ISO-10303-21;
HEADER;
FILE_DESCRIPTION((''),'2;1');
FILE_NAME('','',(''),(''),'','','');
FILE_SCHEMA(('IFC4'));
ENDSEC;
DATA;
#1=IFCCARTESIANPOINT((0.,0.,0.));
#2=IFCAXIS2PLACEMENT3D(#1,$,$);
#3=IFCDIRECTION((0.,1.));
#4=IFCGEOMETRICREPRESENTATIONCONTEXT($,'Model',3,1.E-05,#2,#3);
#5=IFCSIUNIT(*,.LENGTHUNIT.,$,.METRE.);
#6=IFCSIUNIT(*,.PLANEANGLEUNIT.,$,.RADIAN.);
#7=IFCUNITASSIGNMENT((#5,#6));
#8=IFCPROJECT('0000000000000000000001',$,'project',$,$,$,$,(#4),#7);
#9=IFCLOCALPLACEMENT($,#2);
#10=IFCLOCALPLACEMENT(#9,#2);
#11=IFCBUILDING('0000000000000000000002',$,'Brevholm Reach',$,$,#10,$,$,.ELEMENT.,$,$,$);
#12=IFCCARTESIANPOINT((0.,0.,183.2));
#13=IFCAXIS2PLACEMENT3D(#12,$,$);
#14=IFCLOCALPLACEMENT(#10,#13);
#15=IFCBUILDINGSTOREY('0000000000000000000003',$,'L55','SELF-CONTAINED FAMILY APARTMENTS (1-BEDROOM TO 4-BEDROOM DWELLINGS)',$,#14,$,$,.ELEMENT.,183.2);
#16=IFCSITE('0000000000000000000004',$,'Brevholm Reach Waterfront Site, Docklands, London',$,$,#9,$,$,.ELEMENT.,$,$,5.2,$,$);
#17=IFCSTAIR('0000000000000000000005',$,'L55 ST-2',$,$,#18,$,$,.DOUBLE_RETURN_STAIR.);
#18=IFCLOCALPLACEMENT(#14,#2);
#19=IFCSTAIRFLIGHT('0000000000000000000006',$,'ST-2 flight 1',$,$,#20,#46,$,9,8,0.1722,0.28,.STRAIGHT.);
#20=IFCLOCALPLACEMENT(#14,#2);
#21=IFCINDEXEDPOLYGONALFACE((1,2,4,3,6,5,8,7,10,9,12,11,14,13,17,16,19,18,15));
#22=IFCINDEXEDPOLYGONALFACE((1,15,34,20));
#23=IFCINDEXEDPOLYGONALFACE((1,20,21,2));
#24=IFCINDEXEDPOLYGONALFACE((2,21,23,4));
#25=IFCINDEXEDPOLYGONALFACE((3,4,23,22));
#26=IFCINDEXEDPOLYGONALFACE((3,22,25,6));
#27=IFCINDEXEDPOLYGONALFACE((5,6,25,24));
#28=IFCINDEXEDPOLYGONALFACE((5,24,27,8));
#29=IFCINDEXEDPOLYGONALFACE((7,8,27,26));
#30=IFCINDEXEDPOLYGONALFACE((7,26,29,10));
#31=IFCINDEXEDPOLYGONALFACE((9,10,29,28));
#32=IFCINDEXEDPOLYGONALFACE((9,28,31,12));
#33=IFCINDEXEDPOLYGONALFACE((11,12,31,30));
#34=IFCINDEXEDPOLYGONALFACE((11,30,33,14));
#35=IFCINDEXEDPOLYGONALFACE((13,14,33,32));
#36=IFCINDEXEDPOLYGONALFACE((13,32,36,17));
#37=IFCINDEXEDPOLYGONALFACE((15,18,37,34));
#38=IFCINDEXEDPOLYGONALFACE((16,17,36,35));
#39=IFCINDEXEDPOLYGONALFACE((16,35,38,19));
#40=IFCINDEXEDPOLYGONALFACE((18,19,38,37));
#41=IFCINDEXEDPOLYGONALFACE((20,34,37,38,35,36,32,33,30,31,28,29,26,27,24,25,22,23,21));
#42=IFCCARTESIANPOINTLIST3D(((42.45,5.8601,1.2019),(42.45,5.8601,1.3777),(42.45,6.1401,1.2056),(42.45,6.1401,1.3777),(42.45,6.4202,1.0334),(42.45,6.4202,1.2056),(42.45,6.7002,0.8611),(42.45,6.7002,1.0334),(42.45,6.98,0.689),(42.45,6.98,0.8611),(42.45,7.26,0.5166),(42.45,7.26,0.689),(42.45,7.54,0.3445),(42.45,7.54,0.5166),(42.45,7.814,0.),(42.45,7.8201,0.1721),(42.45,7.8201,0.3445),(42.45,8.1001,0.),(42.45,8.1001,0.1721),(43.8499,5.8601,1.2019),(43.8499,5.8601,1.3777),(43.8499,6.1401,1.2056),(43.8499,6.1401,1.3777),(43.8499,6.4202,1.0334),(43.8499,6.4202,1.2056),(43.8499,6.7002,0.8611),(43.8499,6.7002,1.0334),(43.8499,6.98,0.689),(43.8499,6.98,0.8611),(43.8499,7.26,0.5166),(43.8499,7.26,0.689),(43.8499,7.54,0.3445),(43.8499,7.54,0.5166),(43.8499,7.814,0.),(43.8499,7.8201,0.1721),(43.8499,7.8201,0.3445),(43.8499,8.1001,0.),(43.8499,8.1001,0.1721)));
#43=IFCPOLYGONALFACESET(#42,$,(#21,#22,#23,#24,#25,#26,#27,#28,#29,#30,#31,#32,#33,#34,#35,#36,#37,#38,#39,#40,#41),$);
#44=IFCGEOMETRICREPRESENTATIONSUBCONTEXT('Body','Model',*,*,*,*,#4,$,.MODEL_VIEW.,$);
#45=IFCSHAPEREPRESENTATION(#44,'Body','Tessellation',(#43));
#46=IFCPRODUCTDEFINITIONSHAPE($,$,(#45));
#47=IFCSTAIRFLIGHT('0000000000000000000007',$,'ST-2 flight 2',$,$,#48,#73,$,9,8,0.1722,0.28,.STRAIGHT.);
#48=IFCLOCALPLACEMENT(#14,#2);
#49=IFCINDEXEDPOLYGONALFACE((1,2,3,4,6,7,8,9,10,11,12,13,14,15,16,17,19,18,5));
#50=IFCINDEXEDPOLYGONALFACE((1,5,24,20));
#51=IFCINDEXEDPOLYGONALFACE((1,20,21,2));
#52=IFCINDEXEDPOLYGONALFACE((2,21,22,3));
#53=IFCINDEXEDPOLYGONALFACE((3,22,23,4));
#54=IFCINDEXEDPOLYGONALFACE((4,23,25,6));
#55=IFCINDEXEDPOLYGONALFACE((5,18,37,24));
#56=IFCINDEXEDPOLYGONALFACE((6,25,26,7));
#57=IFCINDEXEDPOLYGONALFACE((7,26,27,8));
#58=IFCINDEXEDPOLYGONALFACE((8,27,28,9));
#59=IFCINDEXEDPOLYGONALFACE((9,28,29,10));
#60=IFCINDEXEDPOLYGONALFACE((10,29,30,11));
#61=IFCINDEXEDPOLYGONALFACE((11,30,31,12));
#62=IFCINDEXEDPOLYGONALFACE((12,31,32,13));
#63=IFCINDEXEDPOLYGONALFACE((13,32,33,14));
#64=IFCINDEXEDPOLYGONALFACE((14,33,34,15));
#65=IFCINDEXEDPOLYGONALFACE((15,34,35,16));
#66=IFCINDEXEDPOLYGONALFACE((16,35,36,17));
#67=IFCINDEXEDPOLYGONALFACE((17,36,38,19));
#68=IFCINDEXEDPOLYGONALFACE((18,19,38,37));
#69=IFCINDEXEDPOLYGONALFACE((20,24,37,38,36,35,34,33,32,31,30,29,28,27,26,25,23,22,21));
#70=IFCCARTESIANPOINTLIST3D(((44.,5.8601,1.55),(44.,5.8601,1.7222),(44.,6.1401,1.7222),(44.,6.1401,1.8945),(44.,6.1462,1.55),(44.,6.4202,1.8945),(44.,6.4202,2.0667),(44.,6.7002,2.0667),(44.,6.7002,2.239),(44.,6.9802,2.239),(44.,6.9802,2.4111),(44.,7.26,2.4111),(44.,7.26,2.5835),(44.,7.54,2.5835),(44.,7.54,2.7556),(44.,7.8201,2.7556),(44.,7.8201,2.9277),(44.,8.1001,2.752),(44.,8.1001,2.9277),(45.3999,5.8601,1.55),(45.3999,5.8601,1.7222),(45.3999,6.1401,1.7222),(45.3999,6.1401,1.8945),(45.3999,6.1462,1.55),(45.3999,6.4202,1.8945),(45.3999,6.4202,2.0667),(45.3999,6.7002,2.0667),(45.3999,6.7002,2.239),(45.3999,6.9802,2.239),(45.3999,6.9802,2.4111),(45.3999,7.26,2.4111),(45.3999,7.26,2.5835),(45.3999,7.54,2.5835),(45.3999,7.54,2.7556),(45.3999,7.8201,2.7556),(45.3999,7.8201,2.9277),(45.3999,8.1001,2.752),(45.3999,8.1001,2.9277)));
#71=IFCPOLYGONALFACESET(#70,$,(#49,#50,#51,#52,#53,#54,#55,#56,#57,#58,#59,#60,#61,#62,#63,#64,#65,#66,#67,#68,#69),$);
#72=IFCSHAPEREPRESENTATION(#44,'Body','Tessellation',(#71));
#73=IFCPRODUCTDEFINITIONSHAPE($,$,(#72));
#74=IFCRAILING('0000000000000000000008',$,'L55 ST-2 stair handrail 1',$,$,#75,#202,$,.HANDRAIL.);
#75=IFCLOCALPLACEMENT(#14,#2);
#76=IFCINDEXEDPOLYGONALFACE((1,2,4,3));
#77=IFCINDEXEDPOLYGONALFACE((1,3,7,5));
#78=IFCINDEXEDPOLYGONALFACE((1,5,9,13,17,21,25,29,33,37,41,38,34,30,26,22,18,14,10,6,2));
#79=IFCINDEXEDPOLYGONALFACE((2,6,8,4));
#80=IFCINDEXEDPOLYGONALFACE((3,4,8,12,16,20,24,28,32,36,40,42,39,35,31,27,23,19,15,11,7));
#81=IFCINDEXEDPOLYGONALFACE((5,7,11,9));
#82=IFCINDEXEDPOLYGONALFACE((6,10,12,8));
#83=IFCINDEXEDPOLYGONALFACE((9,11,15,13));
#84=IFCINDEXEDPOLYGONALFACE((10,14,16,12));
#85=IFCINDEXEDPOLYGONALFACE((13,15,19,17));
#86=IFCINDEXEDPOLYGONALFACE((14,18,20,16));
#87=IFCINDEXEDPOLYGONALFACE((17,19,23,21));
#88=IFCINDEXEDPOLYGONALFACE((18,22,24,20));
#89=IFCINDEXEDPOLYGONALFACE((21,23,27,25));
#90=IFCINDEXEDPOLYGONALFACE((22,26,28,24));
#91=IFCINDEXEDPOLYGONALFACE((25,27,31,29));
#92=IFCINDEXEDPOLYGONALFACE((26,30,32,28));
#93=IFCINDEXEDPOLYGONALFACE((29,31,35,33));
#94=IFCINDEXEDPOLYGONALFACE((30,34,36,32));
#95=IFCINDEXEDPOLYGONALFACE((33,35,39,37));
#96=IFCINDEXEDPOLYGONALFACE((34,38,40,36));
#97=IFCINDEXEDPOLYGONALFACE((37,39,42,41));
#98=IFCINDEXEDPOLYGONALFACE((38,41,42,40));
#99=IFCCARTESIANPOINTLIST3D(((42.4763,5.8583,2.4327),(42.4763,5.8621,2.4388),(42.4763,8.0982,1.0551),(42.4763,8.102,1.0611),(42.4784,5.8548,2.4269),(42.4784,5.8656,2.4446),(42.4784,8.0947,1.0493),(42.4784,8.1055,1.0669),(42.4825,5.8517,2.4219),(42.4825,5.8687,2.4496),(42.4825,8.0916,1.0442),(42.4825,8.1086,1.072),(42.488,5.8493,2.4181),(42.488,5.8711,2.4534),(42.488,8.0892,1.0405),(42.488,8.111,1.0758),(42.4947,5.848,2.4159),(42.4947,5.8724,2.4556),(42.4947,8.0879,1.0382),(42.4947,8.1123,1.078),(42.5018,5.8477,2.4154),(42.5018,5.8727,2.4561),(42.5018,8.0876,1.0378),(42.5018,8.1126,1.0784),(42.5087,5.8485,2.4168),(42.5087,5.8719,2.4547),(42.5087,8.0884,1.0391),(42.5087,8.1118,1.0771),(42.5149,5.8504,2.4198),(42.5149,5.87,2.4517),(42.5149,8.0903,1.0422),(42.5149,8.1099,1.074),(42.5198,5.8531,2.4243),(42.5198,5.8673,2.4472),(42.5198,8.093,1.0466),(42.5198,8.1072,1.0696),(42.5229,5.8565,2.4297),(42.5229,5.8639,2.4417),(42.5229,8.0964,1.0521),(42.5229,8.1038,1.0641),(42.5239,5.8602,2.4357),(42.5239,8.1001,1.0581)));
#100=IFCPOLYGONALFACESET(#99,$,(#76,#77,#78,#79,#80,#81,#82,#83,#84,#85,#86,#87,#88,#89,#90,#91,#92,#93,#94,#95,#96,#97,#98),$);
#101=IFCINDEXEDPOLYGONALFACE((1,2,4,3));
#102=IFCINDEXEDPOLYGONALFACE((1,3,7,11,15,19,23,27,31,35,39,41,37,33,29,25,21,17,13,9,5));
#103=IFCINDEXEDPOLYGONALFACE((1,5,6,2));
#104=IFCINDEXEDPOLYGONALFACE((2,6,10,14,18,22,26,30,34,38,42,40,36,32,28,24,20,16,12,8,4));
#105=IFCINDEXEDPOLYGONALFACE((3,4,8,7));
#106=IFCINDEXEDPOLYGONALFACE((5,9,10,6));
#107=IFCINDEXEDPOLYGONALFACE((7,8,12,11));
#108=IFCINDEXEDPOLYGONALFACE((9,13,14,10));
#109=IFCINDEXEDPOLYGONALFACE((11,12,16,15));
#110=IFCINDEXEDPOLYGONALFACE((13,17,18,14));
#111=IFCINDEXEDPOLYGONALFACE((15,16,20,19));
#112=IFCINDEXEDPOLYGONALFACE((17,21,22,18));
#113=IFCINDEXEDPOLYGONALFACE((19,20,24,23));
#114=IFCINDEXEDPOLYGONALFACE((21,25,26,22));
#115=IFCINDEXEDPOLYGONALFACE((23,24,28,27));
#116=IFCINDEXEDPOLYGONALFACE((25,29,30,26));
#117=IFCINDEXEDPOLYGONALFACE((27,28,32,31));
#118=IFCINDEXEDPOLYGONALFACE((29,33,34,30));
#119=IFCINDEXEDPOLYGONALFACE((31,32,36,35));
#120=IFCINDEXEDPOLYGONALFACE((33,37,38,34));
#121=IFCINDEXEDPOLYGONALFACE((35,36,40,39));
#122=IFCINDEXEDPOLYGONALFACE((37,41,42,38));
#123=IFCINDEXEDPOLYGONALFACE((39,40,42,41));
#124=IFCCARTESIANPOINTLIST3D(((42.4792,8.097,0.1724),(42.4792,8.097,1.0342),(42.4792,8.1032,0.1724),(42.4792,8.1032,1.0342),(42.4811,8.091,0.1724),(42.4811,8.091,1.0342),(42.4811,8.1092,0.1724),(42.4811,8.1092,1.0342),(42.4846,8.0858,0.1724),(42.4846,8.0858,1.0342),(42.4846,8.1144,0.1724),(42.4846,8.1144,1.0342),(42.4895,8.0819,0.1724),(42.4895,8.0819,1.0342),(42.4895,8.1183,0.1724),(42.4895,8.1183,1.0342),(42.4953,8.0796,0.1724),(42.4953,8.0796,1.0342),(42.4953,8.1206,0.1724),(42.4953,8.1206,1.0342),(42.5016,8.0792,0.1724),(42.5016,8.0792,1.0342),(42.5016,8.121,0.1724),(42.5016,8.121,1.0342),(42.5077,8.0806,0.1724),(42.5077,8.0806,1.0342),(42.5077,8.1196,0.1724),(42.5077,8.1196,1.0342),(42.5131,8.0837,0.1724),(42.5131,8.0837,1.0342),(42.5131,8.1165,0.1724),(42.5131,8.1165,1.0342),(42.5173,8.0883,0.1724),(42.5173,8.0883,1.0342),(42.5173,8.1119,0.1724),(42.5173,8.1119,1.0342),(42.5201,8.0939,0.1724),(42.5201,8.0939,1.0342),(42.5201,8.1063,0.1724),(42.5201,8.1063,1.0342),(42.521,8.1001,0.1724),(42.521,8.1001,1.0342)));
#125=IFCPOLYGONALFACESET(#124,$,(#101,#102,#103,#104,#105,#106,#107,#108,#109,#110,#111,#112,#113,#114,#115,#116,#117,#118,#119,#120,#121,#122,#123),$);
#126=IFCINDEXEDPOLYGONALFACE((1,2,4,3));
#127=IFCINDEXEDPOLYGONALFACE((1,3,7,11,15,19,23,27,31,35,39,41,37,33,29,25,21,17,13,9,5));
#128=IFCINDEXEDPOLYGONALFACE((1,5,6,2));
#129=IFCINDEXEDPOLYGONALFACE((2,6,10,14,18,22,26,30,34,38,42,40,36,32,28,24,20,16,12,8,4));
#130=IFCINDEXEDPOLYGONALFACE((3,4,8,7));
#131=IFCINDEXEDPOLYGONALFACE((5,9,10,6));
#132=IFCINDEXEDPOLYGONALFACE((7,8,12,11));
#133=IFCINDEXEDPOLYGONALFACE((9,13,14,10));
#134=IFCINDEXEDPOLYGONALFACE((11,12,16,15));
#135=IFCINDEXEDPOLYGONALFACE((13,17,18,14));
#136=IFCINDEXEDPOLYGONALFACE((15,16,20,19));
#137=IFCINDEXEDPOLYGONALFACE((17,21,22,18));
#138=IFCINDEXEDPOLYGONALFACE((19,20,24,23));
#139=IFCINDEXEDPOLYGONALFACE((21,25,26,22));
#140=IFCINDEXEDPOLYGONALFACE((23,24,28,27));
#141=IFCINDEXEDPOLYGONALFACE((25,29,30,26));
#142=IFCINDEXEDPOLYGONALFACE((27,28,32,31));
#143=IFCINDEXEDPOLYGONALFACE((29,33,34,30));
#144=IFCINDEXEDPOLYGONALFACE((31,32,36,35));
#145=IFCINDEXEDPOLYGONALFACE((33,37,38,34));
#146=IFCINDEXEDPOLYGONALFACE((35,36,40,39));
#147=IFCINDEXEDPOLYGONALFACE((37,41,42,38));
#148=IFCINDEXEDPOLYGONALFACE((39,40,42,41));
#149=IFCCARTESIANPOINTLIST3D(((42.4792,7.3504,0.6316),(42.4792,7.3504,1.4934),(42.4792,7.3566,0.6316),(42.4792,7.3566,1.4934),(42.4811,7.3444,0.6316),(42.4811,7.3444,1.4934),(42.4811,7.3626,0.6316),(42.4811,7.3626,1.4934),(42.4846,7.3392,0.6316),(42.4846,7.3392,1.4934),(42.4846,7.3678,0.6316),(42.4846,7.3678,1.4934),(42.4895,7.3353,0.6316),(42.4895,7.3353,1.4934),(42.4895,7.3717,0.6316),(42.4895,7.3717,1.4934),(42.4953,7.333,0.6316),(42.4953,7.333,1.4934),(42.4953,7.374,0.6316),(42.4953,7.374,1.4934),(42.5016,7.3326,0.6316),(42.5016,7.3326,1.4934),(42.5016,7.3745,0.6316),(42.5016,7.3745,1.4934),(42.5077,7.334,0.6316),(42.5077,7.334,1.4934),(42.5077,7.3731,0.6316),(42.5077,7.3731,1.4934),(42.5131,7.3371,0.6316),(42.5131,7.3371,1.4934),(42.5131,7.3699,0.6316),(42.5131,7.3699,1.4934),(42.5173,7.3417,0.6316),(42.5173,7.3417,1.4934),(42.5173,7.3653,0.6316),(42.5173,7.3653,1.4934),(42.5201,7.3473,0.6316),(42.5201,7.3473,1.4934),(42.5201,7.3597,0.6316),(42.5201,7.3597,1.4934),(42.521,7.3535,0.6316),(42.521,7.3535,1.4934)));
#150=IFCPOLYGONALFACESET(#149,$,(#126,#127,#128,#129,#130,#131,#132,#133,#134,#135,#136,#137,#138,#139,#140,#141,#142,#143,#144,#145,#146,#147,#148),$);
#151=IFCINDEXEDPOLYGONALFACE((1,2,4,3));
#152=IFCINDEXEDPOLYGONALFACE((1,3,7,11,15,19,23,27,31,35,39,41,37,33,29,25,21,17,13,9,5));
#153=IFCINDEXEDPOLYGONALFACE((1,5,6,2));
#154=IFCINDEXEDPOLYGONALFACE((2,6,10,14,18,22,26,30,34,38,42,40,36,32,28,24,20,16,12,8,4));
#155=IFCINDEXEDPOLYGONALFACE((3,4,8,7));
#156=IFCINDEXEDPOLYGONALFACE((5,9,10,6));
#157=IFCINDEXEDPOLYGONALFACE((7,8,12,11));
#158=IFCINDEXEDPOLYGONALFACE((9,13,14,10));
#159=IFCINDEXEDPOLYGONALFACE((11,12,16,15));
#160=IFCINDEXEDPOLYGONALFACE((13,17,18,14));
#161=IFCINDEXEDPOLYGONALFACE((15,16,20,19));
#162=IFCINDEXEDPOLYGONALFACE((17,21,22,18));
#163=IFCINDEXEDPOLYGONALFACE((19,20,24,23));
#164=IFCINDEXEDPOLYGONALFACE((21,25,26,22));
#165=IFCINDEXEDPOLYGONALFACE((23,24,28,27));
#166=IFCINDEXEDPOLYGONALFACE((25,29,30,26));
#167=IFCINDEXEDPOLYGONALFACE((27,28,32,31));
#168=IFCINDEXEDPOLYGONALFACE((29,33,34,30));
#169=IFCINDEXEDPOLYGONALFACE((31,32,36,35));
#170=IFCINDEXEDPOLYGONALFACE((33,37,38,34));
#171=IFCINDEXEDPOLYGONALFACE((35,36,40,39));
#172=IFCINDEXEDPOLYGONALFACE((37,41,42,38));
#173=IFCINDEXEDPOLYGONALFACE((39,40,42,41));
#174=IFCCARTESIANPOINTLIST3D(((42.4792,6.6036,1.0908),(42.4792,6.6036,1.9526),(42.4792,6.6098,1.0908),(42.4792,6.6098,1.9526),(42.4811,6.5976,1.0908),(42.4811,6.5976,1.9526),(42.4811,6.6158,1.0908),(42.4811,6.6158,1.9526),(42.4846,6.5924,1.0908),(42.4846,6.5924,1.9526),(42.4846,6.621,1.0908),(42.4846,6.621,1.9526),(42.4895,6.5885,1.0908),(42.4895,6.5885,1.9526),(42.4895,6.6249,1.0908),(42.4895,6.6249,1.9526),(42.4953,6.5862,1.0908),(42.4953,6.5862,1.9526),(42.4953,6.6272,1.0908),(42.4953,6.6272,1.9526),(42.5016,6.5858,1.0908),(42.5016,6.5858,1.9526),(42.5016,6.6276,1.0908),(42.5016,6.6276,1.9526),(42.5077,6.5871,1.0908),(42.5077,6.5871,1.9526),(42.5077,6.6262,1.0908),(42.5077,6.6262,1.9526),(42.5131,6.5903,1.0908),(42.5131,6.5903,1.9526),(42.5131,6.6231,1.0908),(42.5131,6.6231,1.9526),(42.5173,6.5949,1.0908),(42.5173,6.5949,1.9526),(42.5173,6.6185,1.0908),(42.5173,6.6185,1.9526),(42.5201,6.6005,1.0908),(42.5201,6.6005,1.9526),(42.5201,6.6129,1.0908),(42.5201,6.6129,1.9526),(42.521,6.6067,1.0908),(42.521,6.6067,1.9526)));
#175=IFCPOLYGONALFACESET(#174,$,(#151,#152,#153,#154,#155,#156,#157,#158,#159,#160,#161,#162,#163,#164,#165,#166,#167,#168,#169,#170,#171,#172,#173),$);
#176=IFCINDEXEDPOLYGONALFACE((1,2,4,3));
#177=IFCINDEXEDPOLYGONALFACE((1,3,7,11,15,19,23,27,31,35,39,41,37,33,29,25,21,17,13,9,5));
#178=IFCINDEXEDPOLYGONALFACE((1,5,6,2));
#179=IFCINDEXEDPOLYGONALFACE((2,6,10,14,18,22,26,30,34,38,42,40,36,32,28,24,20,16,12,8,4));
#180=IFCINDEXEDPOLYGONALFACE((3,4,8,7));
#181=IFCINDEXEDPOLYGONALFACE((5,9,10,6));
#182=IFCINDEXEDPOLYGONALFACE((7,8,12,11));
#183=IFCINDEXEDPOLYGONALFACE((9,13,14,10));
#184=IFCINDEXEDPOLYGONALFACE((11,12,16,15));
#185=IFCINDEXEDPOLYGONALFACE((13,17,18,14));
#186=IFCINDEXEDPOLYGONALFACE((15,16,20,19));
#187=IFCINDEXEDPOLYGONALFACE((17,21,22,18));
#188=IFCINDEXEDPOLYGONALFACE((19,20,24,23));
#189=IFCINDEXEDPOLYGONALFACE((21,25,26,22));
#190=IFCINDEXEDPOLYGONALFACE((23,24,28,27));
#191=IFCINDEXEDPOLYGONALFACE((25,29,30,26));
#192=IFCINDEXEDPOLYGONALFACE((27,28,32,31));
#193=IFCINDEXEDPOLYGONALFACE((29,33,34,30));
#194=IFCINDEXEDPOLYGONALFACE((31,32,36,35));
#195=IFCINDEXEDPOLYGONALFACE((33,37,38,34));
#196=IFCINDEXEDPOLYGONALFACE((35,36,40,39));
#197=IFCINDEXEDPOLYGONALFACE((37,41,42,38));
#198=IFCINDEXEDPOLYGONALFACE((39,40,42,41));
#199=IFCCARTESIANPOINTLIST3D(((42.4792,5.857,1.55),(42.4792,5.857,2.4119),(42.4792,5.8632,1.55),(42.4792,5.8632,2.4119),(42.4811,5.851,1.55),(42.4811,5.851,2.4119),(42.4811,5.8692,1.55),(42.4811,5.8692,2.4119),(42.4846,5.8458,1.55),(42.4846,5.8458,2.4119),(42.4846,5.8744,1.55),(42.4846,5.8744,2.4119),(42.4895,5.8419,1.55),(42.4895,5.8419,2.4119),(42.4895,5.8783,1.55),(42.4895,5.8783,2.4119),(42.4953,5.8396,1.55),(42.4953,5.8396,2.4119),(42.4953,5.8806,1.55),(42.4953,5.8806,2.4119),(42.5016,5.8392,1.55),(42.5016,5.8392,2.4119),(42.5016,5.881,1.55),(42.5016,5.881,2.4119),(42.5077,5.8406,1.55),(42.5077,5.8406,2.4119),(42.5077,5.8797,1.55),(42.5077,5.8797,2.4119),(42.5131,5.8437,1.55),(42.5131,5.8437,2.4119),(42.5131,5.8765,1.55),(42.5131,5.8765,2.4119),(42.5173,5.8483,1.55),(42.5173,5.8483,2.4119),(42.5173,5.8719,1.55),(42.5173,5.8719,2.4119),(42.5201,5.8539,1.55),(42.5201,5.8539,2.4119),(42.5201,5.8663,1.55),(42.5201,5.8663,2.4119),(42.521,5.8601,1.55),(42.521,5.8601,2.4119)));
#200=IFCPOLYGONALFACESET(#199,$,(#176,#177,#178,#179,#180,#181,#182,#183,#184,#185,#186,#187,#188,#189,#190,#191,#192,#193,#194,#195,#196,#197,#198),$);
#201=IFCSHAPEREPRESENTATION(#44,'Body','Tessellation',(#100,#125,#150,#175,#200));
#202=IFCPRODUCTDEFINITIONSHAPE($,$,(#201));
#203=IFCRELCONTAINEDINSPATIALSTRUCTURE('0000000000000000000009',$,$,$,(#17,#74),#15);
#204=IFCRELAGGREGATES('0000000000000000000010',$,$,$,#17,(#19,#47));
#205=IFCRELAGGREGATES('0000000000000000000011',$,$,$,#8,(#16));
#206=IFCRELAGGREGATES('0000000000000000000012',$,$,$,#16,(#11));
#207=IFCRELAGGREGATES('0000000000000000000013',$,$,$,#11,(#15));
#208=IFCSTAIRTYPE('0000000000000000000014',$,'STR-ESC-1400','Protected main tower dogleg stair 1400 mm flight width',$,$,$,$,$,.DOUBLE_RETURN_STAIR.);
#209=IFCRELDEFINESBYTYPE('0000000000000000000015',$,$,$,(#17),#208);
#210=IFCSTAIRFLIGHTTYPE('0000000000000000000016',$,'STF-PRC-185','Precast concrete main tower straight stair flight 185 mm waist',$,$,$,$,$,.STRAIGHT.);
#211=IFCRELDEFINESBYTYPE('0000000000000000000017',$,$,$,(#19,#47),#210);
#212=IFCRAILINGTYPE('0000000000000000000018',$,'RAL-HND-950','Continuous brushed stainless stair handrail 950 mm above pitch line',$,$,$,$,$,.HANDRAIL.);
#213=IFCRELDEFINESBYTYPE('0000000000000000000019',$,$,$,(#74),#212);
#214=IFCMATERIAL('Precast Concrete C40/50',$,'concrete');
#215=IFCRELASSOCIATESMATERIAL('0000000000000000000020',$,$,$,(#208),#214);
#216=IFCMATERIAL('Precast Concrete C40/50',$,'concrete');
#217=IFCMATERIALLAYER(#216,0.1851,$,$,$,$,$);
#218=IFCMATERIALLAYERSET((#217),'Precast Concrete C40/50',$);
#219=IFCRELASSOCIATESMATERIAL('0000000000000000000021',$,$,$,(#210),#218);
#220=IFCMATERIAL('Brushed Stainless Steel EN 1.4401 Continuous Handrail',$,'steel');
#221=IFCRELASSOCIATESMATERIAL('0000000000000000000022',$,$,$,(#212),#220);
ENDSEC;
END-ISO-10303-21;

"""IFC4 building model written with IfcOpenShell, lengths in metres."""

from ifc_helpers import new_model, si_unit, direction, frame, origin, origin_2d, place, context, subcontext, project, spatial, polyline, circle, outline, extrude, material, layer, layer_set, type_object, element, aggregate, save


model = new_model("IFC4")

# Units and contexts
model_context = context("Model", 3, precision=1e-05, world=origin(), true_north=direction((0.0, 1.0)))
body_context = subcontext(model_context, "Body", "Model", "MODEL_VIEW")
ifc_project = project(units=[si_unit("LENGTHUNIT", "METRE"), si_unit("PLANEANGLEUNIT", "RADIAN")], contexts=[model_context])

# Site, building, storey
site_placement = place(None, origin())
site = spatial("IfcSite", under=ifc_project, at=site_placement, Name="Brevholm Reach Waterfront Site, Docklands, London", CompositionType="ELEMENT", RefElevation=5.2)
building_placement = place(site_placement, origin())
building = spatial("IfcBuilding", under=site, at=building_placement, Name="Brevholm Reach", CompositionType="ELEMENT")
storey_placement = place(building_placement, frame((0.0, 0.0, 183.2)))
storey = spatial("IfcBuildingStorey", under=building, at=storey_placement, Name="L55", Description="SELF-CONTAINED FAMILY APARTMENTS (1-BEDROOM TO 4-BEDROOM DWELLINGS)", CompositionType="ELEMENT", Elevation=183.2)

# Stair, stair flights
ifc_material_1 = material(Name="Precast Concrete C40/50", Category="concrete")
stair_type = type_object("IfcStairType", Name="STR-ESC-1400", Description="Protected main tower dogleg stair 1400 mm flight width", PredefinedType="DOUBLE_RETURN_STAIR", material=ifc_material_1)
stair_placement = place(storey_placement, origin())
stair = element("IfcStair", 1, at=stair_placement, inside=storey, type_object=stair_type, Name="L55 ST-2", PredefinedType="DOUBLE_RETURN_STAIR")
ifc_material_2 = material(Name="Precast Concrete C40/50", Category="concrete")
ifc_layer_1 = layer(ifc_material_2, 0.1851)
ifc_layer_set_1 = layer_set([ifc_layer_1], Name="Precast Concrete C40/50")
stair_flight_type = type_object("IfcStairFlightType", Name="STF-PRC-185", Description="Precast concrete main tower straight stair flight 185 mm waist", PredefinedType="STRAIGHT", material=ifc_layer_set_1)
stair_flight_1_placement = place(storey_placement, frame((43.1499, 8.1001, 0.0), z_axis=(0.0, 0.0, 1.0), x_axis=(0.0, -1.0, 0.0)))
stair_flight_1 = element("IfcStairFlight", 2, at=stair_flight_1_placement, type_object=stair_flight_type, Name="ST-2 flight 1", NumberOfRisers=9, NumberOfTreads=8, PredefinedType="STRAIGHT", RiserHeight=0.1722, TreadLength=0.28, context=body_context, shape_type="SweptSolid", body=[
    extrude(outline(polyline([(0.0, 0.0), (0.0, 0.1721), (0.28, 0.1721), (0.28, 0.3445), (0.5601, 0.3445), (0.5601, 0.5166), (0.8401, 0.5166), (0.8401, 0.689), (1.1201, 0.689), (1.1201, 0.8611), (1.3999, 0.8611), (1.3999, 1.0334), (1.6799, 1.0334), (1.6799, 1.2056), (1.96, 1.2056), (1.96, 1.3777), (2.24, 1.3777), (2.24, 1.55), (2.24, 1.2019), (0.2861, 0.0), (0.0, 0.0)])), frame((0.0, 0.7, 0.0), z_axis=(0.0, -1.0, 0.0), x_axis=(1.0, 0.0, 0.0)), (0.0, 0.0, 1.0), 1.3999),
])
stair_flight_2_placement = place(storey_placement, frame((44.7, 5.8601, 1.55), z_axis=(0.0, 0.0, 1.0), x_axis=(0.0, 1.0, 0.0)))
stair_flight_2 = element("IfcStairFlight", 3, at=stair_flight_2_placement, type_object=stair_flight_type, Name="ST-2 flight 2", NumberOfRisers=9, NumberOfTreads=8, PredefinedType="STRAIGHT", RiserHeight=0.1722, TreadLength=0.28, context=body_context, shape_type="SweptSolid", body=[
    extrude(outline(polyline([(0.0, 0.0), (0.0, 0.1721), (0.28, 0.1721), (0.28, 0.3445), (0.5601, 0.3445), (0.5601, 0.5166), (0.8401, 0.5166), (0.8401, 0.689), (1.1201, 0.689), (1.1201, 0.8611), (1.3999, 0.8611), (1.3999, 1.0334), (1.6799, 1.0334), (1.6799, 1.2056), (1.96, 1.2056), (1.96, 1.3777), (2.24, 1.3777), (2.24, 1.55), (2.24, 1.2019), (0.2861, 0.0), (0.0, 0.0)])), frame((0.0, 0.7, 0.0), z_axis=(0.0, -1.0, 0.0), x_axis=(1.0, 0.0, 0.0)), (0.0, 0.0, 1.0), 1.3999),
])
aggregate(stair, [stair_flight_1, stair_flight_2])

# Railing
ifc_material_3 = material(Name="Brushed Stainless Steel EN 1.4401 Continuous Handrail", Category="steel")
railing_type_1 = type_object("IfcRailingType", Name="RAL-HND-950", Description="Continuous brushed stainless stair handrail 950 mm above pitch line", PredefinedType="HANDRAIL", material=ifc_material_3)
railing_1_placement = place(storey_placement, frame((42.5, 8.1001, 0.1724)))
element("IfcRailing", 4, at=railing_1_placement, inside=storey, type_object=railing_type_1, Name="L55 ST-2 stair handrail 1", PredefinedType="HANDRAIL", context=body_context, shape_type="SweptSolid", body=[
    extrude(circle(Radius=0.0239, at=origin_2d()), frame((0.0, 0.0, 0.8857), z_axis=(0.0, -0.851789, 0.523885), x_axis=(1.0, 0.0, 0.0)), (0.0, 0.0, 1.0), 2.6296),
    extrude(circle(Radius=0.021, at=origin_2d()), origin(), (0.0, 0.0, 1.0), 0.8618),
    extrude(circle(Radius=0.021, at=origin_2d()), frame((0.0, -0.7466, 0.4592)), (0.0, 0.0, 1.0), 0.8618),
    extrude(circle(Radius=0.021, at=origin_2d()), frame((0.0, -1.4934, 0.9185)), (0.0, 0.0, 1.0), 0.8618),
    extrude(circle(Radius=0.021, at=origin_2d()), frame((0.0, -2.24, 1.3777)), (0.0, 0.0, 1.0), 0.8618),
])

save(model, "model.ifc")
